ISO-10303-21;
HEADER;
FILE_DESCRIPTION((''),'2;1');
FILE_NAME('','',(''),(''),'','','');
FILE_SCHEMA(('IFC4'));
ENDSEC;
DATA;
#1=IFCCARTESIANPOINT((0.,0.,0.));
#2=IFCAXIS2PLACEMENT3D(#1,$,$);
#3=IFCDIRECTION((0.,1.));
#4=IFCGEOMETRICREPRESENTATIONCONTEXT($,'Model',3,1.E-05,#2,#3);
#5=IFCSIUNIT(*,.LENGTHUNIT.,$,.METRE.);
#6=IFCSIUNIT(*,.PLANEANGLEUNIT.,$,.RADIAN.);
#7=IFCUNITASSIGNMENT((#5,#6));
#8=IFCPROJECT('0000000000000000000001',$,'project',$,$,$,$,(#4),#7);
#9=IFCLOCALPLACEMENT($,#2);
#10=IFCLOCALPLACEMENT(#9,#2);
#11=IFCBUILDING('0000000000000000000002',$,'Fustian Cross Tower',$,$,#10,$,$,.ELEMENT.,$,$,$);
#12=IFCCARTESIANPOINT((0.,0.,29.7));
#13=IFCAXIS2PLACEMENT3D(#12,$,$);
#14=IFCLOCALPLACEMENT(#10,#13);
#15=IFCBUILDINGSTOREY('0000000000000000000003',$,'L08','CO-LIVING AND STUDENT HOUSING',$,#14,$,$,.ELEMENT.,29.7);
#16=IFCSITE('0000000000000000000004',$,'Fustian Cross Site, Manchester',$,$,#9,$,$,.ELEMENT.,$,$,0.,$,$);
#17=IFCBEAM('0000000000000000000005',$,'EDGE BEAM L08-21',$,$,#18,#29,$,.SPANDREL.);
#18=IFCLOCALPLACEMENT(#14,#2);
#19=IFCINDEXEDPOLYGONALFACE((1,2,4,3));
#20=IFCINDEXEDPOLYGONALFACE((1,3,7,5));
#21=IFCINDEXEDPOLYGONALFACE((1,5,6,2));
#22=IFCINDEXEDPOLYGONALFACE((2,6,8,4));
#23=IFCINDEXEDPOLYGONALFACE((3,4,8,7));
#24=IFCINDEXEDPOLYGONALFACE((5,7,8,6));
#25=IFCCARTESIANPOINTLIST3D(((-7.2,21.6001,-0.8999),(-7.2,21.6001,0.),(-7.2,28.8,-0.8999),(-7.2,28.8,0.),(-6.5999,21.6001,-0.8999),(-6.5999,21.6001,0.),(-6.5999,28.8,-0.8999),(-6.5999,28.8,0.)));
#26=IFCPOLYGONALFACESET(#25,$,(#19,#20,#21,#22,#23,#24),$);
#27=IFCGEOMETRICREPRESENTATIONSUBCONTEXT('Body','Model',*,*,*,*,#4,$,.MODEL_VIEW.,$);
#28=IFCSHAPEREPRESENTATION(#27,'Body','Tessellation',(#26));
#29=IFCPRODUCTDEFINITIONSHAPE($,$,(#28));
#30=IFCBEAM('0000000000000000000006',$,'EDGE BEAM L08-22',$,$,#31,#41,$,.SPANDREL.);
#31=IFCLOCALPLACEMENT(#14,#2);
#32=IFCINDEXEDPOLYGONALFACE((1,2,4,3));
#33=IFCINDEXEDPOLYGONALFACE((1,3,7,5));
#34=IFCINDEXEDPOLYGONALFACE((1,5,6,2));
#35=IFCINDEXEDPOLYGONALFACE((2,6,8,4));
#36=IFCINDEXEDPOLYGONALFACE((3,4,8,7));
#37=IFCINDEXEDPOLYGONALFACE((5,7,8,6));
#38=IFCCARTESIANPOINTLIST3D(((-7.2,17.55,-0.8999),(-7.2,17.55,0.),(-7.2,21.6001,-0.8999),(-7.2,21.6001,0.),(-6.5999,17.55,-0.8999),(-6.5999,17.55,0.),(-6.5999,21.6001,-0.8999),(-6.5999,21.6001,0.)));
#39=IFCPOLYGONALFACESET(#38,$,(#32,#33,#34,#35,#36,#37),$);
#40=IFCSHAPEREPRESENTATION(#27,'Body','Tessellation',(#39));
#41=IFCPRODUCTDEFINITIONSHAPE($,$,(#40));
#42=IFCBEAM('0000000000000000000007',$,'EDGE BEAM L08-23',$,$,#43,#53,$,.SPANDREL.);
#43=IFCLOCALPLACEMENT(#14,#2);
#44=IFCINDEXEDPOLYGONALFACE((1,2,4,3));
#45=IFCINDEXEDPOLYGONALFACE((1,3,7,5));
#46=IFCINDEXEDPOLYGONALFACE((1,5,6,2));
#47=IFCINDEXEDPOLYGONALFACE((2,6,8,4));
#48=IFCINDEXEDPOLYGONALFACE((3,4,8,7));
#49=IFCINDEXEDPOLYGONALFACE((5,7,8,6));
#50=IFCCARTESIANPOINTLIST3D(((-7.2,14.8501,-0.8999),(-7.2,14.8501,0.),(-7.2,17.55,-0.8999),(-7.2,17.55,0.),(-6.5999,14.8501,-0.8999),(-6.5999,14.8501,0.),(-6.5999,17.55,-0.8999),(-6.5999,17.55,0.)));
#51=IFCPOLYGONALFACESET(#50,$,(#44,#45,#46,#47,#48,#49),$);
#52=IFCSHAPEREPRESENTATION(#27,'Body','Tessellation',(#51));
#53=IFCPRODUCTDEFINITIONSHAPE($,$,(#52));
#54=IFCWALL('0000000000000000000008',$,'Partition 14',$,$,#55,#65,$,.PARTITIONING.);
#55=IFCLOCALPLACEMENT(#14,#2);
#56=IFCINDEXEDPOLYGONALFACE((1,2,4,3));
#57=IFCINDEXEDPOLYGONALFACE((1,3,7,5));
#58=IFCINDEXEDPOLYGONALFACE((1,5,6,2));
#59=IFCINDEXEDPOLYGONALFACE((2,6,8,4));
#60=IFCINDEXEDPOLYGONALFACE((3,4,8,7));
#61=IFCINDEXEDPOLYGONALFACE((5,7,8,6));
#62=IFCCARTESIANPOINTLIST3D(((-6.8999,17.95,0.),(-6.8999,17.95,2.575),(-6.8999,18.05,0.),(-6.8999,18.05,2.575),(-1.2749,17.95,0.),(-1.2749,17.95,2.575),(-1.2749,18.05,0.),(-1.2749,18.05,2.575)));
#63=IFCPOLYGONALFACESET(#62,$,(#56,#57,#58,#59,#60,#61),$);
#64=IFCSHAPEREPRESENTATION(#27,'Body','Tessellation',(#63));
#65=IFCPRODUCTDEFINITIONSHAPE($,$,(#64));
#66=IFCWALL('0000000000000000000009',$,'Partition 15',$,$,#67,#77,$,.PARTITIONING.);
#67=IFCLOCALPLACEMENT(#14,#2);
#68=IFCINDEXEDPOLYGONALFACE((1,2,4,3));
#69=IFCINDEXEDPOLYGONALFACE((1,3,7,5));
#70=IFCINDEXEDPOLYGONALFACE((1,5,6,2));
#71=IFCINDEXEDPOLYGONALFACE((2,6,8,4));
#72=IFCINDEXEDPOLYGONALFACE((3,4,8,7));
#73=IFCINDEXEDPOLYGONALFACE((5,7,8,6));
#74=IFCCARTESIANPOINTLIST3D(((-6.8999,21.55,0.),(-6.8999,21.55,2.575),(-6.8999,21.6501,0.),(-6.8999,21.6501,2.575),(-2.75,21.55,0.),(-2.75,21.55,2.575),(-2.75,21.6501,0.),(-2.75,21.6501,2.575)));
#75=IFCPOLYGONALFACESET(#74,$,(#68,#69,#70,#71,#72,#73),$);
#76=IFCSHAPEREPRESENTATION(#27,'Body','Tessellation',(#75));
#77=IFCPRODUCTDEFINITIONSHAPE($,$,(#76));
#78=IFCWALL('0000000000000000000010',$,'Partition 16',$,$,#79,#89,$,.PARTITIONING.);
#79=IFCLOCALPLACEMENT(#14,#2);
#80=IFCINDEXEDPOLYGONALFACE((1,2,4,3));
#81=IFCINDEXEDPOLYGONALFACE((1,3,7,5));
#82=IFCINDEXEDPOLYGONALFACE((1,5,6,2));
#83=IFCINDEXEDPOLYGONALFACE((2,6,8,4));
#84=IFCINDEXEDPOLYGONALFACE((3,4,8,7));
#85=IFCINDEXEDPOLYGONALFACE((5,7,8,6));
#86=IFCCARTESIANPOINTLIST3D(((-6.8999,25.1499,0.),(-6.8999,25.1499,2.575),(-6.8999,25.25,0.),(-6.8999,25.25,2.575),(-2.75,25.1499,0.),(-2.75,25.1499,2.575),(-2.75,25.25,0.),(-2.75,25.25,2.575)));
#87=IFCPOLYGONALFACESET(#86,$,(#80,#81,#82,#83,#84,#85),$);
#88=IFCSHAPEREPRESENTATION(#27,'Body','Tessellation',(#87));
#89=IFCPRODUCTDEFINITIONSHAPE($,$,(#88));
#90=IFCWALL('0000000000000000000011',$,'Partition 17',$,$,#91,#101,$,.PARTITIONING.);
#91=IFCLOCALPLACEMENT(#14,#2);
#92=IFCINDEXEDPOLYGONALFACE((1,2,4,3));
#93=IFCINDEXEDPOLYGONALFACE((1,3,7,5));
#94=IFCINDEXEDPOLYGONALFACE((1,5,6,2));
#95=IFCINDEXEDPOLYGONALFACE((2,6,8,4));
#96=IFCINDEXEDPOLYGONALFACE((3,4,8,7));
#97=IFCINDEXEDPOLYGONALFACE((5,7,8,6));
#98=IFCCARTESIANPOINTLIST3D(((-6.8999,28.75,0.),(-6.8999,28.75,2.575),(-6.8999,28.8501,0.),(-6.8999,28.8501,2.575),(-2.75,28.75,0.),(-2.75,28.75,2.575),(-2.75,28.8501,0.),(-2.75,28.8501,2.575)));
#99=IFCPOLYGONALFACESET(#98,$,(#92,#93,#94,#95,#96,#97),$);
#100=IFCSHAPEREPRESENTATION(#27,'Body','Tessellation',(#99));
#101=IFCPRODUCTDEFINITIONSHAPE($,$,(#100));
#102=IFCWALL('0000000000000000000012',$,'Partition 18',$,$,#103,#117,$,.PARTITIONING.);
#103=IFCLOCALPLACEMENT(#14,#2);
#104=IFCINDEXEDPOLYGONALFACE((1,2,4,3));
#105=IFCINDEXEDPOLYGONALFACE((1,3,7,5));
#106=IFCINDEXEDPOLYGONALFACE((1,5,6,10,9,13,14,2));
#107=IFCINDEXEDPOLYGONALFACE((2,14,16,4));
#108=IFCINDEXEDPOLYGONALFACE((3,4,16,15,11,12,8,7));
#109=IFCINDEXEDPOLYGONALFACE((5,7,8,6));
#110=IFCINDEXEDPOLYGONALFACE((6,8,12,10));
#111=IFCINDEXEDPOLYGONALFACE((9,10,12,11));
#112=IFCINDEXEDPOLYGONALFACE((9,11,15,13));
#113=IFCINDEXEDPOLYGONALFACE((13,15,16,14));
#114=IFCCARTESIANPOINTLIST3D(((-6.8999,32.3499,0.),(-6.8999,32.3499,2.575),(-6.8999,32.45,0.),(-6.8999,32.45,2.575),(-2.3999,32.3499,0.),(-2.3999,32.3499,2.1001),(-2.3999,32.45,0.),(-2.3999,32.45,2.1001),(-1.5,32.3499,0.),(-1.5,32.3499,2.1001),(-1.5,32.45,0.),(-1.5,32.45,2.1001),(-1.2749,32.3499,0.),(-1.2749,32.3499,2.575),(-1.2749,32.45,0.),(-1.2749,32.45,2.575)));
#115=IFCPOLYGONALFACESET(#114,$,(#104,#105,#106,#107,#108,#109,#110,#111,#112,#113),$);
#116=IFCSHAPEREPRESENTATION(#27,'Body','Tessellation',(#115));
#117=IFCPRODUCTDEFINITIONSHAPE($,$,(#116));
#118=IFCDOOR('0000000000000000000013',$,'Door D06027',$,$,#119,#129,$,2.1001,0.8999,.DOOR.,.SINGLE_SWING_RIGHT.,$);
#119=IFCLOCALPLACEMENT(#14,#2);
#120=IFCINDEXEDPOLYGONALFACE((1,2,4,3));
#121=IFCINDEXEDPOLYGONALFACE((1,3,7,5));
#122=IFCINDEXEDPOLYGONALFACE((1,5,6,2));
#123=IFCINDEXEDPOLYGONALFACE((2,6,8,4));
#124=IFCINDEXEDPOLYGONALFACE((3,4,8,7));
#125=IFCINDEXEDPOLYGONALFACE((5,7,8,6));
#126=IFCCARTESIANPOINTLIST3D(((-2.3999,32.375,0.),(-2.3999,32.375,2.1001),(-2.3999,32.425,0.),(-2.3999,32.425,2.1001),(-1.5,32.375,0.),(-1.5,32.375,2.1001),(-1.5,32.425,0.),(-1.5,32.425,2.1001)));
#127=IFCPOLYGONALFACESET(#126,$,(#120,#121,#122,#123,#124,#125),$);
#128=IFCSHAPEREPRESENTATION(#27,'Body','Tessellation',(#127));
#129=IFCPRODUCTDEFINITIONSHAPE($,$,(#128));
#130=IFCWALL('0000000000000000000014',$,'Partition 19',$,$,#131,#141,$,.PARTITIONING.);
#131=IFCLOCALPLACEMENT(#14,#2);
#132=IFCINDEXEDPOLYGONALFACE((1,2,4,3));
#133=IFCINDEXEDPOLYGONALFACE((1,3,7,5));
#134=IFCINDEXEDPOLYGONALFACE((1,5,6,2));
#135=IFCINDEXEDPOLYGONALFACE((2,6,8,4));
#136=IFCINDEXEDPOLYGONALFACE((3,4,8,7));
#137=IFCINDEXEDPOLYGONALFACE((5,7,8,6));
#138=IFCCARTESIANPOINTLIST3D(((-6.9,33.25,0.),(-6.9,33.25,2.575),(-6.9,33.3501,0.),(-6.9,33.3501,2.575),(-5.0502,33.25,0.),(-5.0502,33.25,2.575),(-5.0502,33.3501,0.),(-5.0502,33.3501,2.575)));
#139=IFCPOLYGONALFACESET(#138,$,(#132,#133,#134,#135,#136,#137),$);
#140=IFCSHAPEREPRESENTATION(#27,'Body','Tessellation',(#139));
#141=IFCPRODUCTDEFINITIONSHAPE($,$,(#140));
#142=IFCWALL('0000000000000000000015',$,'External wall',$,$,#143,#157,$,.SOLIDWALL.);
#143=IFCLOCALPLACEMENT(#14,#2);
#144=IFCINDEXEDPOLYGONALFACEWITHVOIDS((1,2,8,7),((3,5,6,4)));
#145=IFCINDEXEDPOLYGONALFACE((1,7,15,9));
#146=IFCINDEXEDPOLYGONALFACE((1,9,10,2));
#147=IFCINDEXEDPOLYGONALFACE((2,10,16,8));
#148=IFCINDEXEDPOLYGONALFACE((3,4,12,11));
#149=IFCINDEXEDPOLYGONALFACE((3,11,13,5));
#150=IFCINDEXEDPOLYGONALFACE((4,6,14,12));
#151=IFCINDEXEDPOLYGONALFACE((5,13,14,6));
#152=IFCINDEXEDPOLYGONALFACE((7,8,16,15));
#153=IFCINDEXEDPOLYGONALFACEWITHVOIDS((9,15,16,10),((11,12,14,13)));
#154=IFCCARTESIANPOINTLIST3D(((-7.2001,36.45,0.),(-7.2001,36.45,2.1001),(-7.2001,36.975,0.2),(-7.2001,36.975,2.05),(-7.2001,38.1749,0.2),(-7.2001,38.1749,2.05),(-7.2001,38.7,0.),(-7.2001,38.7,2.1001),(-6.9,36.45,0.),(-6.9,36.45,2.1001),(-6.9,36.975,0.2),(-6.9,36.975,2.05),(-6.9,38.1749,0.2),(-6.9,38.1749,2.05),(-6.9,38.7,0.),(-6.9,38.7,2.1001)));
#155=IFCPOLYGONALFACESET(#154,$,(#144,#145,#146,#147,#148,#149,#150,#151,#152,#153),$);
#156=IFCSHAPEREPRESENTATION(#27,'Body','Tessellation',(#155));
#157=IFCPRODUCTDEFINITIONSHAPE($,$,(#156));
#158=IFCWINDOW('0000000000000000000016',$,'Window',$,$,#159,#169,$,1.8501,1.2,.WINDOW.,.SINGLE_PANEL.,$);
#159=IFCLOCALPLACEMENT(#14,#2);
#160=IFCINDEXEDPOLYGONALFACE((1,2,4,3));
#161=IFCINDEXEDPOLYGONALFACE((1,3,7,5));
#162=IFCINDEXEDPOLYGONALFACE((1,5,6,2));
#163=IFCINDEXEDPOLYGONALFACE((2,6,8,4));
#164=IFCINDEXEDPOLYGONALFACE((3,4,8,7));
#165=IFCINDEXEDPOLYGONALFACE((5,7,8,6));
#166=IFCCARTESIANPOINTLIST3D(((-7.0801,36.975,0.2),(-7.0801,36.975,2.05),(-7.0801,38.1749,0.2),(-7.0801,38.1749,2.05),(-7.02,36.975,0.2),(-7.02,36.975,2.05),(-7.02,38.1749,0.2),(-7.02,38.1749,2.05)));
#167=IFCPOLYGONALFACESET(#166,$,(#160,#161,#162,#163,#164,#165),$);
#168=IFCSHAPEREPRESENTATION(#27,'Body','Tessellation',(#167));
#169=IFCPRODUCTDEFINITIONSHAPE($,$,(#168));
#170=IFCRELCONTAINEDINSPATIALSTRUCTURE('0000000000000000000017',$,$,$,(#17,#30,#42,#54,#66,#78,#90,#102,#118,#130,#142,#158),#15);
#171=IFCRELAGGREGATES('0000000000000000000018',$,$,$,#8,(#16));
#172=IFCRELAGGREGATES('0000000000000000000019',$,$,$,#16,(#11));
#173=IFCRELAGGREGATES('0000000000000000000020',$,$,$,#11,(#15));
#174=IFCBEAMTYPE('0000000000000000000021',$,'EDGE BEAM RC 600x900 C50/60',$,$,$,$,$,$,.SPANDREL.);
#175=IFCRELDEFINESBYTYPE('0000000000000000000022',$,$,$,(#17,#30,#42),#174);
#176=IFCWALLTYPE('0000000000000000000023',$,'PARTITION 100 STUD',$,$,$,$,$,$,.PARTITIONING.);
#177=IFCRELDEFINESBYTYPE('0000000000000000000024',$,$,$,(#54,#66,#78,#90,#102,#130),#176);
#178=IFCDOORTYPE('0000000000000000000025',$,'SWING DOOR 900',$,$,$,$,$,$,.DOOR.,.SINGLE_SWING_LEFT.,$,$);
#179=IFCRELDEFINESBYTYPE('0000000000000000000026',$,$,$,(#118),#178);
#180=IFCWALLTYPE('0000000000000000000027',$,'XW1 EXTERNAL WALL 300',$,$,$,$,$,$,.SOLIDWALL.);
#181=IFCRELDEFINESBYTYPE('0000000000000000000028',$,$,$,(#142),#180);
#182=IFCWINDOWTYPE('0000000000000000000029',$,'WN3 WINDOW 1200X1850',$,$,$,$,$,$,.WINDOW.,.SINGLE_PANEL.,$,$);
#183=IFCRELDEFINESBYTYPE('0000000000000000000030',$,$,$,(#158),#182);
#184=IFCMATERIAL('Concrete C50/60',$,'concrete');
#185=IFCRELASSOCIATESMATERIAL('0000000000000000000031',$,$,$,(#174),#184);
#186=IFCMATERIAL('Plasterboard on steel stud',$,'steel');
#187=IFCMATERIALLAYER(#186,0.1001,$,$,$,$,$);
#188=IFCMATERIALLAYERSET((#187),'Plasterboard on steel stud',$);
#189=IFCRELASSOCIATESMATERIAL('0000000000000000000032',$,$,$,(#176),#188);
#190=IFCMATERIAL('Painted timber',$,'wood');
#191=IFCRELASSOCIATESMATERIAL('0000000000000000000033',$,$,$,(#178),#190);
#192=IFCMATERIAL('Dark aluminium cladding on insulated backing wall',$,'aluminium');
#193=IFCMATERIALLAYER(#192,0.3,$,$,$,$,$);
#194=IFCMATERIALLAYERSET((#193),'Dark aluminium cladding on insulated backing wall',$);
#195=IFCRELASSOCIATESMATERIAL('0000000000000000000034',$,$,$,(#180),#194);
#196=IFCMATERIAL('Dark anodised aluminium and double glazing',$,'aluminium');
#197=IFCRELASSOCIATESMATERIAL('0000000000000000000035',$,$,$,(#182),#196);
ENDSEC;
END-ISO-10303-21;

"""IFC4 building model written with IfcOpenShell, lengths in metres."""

from ifc_helpers import new_model, si_unit, direction, frame, frame_2d, origin, origin_2d, place, context, subcontext, project, spatial, rectangle, extrude, material, layer, layer_set, material_profile, profile_set, type_object, element, fill, save


model = new_model("IFC4")

# Units and contexts
model_context = context("Model", 3, precision=1e-05, world=origin(), true_north=direction((0.0, 1.0)))
body_context = subcontext(model_context, "Body", "Model", "MODEL_VIEW")
ifc_project = project(units=[si_unit("LENGTHUNIT", "METRE"), si_unit("PLANEANGLEUNIT", "RADIAN")], contexts=[model_context])

# Site, building, storey
site_placement = place(None, origin())
site = spatial("IfcSite", under=ifc_project, at=site_placement, Name="Fustian Cross Site, Manchester", CompositionType="ELEMENT", RefElevation=0.0)
building_placement = place(site_placement, origin())
building = spatial("IfcBuilding", under=site, at=building_placement, Name="Fustian Cross Tower", CompositionType="ELEMENT")
storey_placement = place(building_placement, frame((0.0, 0.0, 29.7)))
storey = spatial("IfcBuildingStorey", under=building, at=storey_placement, Name="L08", Description="CO-LIVING AND STUDENT HOUSING", CompositionType="ELEMENT", Elevation=29.7)

# Beams
ifc_material_1 = material(Name="Concrete C50/60", Category="concrete")
ifc_material_profile = material_profile(ifc_material_1, rectangle(XDim=0.6001, YDim=0.8999, at=origin_2d()), Name="RC 600x900")
ifc_profile_set = profile_set([ifc_material_profile], Name="Concrete C50/60")
beam_type = type_object("IfcBeamType", Name="EDGE BEAM RC 600x900 C50/60", PredefinedType="SPANDREL", material=ifc_profile_set)
beam_1_placement = place(storey_placement, frame((-6.8999, 28.8, -0.45), z_axis=(0.0, -1.0, 0.0), x_axis=(1.0, 0.0, 0.0)))
element("IfcBeam", 1, at=beam_1_placement, inside=storey, type_object=beam_type, Name="EDGE BEAM L08-21", PredefinedType="SPANDREL", context=body_context, shape_type="SweptSolid", body=[
    extrude(rectangle(XDim=0.6001, YDim=0.8999, at=origin_2d()), origin(), (0.0, 0.0, 1.0), 7.2),
])
beam_2_placement = place(storey_placement, frame((-6.8999, 21.6001, -0.45), z_axis=(0.0, -1.0, 0.0), x_axis=(1.0, 0.0, 0.0)))
element("IfcBeam", 2, at=beam_2_placement, inside=storey, type_object=beam_type, Name="EDGE BEAM L08-22", PredefinedType="SPANDREL", context=body_context, shape_type="SweptSolid", body=[
    extrude(rectangle(XDim=0.6001, YDim=0.8999, at=origin_2d()), origin(), (0.0, 0.0, 1.0), 4.05),
])
beam_3_placement = place(storey_placement, frame((-6.8999, 17.55, -0.45), z_axis=(0.0, -1.0, 0.0), x_axis=(1.0, 0.0, 0.0)))
element("IfcBeam", 3, at=beam_3_placement, inside=storey, type_object=beam_type, Name="EDGE BEAM L08-23", PredefinedType="SPANDREL", context=body_context, shape_type="SweptSolid", body=[
    extrude(rectangle(XDim=0.6001, YDim=0.8999, at=origin_2d()), origin(), (0.0, 0.0, 1.0), 2.7),
])

# Walls
ifc_material_2 = material(Name="Plasterboard on steel stud", Category="steel")
ifc_layer_1 = layer(ifc_material_2, 0.1001)
ifc_layer_set_1 = layer_set([ifc_layer_1], Name="Plasterboard on steel stud")
wall_type_1 = type_object("IfcWallType", Name="PARTITION 100 STUD", PredefinedType="PARTITIONING", material=ifc_layer_set_1)
wall_1_placement = place(storey_placement, frame((-6.8999, 18.0, 0.0), z_axis=(0.0, 0.0, 1.0), x_axis=(1.0, 0.0, 0.0)))
element("IfcWall", 4, at=wall_1_placement, inside=storey, type_object=wall_type_1, Name="Partition 14", PredefinedType="PARTITIONING", context=body_context, shape_type="SweptSolid", body=[
    extrude(rectangle(XDim=5.625, YDim=0.1001, at=frame_2d((2.8125, 0.0))), origin(), (0.0, 0.0, 1.0), 2.575),
])
for number, where, z_axis, x_axis, name in (
    (5, (-6.8999, 21.6001, 0.0), (0.0, 0.0, 1.0), (1.0, 0.0, 0.0), "Partition 15"),
    (6, (-6.8999, 25.2, 0.0), (0.0, 0.0, 1.0), (1.0, 0.0, 0.0), "Partition 16"),
    (7, (-6.8999, 28.8, 0.0), (0.0, 0.0, 1.0), (1.0, 0.0, 0.0), "Partition 17"),
):
    element("IfcWall", number, at=place(storey_placement, frame(where, z_axis=z_axis, x_axis=x_axis)), inside=storey, type_object=wall_type_1, Name=name, PredefinedType="PARTITIONING", context=body_context, shape_type="SweptSolid", body=[
        extrude(rectangle(XDim=4.1499, YDim=0.1001, at=frame_2d((2.075, 0.0))), origin(), (0.0, 0.0, 1.0), 2.575),
    ])

# Wall, opening, door
wall_2_placement = place(storey_placement, frame((-6.8999, 32.3999, 0.0), z_axis=(0.0, 0.0, 1.0), x_axis=(1.0, 0.0, 0.0)))
wall_2 = element("IfcWall", 8, at=wall_2_placement, inside=storey, type_object=wall_type_1, Name="Partition 18", PredefinedType="PARTITIONING", context=body_context, shape_type="SweptSolid", body=[
    extrude(rectangle(XDim=5.625, YDim=0.1001, at=frame_2d((2.8125, 0.0))), origin(), (0.0, 0.0, 1.0), 2.575),
])
opening_1_placement = place(wall_2_placement, frame((4.5, 0.0, 0.0)))
opening_1 = element("IfcOpeningElement", 9, at=opening_1_placement, cuts=wall_2, PredefinedType="OPENING", context=body_context, shape_type="SweptSolid", body=[
    extrude(rectangle(XDim=0.8999, YDim=2.1001, at=frame_2d((0.45, 1.05))), frame((0.0, 0.0601, 0.0), z_axis=(0.0, -1.0, 0.0), x_axis=(1.0, 0.0, 0.0)), (0.0, 0.0, 1.0), 0.1201),
])
ifc_material_3 = material(Name="Painted timber", Category="wood")
door_type = type_object("IfcDoorType", Name="SWING DOOR 900", OperationType="SINGLE_SWING_LEFT", PredefinedType="DOOR", material=ifc_material_3)
door_placement = place(opening_1_placement, frame((0.8999, 0.0, 0.0), z_axis=(0.0, 0.0, 1.0), x_axis=(-1.0, 0.0, 0.0)))
door = element("IfcDoor", 10, at=door_placement, inside=storey, type_object=door_type, Name="Door D06027", OperationType="SINGLE_SWING_RIGHT", OverallHeight=2.1001, OverallWidth=0.8999, PredefinedType="DOOR", context=body_context, shape_type="SweptSolid", body=[
    extrude(rectangle(XDim=0.8999, YDim=2.1001, at=frame_2d((0.45, 1.05))), frame((0.0, 0.0249, 0.0), z_axis=(0.0, -1.0, 0.0), x_axis=(1.0, 0.0, 0.0)), (0.0, 0.0, 1.0), 0.05),
])
fill(opening_1, door)

# Wall
wall_3_placement = place(storey_placement, frame((-6.8999, 33.3, 0.0), z_axis=(0.0, 0.0, 1.0), x_axis=(1.0, 0.0, 0.0)))
element("IfcWall", 11, at=wall_3_placement, inside=storey, type_object=wall_type_1, Name="Partition 19", PredefinedType="PARTITIONING", context=body_context, shape_type="SweptSolid", body=[
    extrude(rectangle(XDim=1.8499, YDim=0.1001, at=frame_2d((0.9248, 0.0))), origin(), (0.0, 0.0, 1.0), 2.575),
])

# Wall, opening, window
ifc_material_4 = material(Name="Dark aluminium cladding on insulated backing wall", Category="aluminium")
ifc_layer_2 = layer(ifc_material_4, 0.3)
ifc_layer_set_2 = layer_set([ifc_layer_2], Name="Dark aluminium cladding on insulated backing wall")
wall_type_2 = type_object("IfcWallType", Name="XW1 EXTERNAL WALL 300", PredefinedType="SOLIDWALL", material=ifc_layer_set_2)
wall_4_placement = place(storey_placement, frame((-7.05, 38.7, 0.0), z_axis=(0.0, 0.0, 1.0), x_axis=(0.0, -1.0, 0.0)))
wall_4 = element("IfcWall", 12, at=wall_4_placement, inside=storey, type_object=wall_type_2, Name="External wall", PredefinedType="SOLIDWALL", context=body_context, shape_type="SweptSolid", body=[
    extrude(rectangle(XDim=2.25, YDim=0.3, at=frame_2d((1.125, 0.0))), origin(), (0.0, 0.0, 1.0), 2.1001),
])
opening_2_placement = place(wall_4_placement, frame((0.5249, 0.0, 0.2)))
opening_2 = element("IfcOpeningElement", 13, at=opening_2_placement, cuts=wall_4, PredefinedType="OPENING", context=body_context, shape_type="SweptSolid", body=[
    extrude(rectangle(XDim=1.2, YDim=1.8501, at=frame_2d((0.6001, 0.925))), frame((0.0, 0.1599, 0.0), z_axis=(0.0, -1.0, 0.0), x_axis=(1.0, 0.0, 0.0)), (0.0, 0.0, 1.0), 0.3201),
])
ifc_material_5 = material(Name="Dark anodised aluminium and double glazing", Category="aluminium")
window_type_1 = type_object("IfcWindowType", Name="WN3 WINDOW 1200X1850", PartitioningType="SINGLE_PANEL", PredefinedType="WINDOW", material=ifc_material_5)
window_1_placement = place(opening_2_placement, origin())
window_1 = element("IfcWindow", 14, at=window_1_placement, inside=storey, type_object=window_type_1, Name="Window", OverallHeight=1.8501, OverallWidth=1.2, PartitioningType="SINGLE_PANEL", PredefinedType="WINDOW", context=body_context, shape_type="SweptSolid", body=[
    extrude(rectangle(XDim=1.2, YDim=1.8501, at=frame_2d((0.6001, 0.925))), frame((0.0, 0.03, 0.0), z_axis=(0.0, -1.0, 0.0), x_axis=(1.0, 0.0, 0.0)), (0.0, 0.0, 1.0), 0.0601),
])
fill(opening_2, window_1)

save(model, "model.ifc")
